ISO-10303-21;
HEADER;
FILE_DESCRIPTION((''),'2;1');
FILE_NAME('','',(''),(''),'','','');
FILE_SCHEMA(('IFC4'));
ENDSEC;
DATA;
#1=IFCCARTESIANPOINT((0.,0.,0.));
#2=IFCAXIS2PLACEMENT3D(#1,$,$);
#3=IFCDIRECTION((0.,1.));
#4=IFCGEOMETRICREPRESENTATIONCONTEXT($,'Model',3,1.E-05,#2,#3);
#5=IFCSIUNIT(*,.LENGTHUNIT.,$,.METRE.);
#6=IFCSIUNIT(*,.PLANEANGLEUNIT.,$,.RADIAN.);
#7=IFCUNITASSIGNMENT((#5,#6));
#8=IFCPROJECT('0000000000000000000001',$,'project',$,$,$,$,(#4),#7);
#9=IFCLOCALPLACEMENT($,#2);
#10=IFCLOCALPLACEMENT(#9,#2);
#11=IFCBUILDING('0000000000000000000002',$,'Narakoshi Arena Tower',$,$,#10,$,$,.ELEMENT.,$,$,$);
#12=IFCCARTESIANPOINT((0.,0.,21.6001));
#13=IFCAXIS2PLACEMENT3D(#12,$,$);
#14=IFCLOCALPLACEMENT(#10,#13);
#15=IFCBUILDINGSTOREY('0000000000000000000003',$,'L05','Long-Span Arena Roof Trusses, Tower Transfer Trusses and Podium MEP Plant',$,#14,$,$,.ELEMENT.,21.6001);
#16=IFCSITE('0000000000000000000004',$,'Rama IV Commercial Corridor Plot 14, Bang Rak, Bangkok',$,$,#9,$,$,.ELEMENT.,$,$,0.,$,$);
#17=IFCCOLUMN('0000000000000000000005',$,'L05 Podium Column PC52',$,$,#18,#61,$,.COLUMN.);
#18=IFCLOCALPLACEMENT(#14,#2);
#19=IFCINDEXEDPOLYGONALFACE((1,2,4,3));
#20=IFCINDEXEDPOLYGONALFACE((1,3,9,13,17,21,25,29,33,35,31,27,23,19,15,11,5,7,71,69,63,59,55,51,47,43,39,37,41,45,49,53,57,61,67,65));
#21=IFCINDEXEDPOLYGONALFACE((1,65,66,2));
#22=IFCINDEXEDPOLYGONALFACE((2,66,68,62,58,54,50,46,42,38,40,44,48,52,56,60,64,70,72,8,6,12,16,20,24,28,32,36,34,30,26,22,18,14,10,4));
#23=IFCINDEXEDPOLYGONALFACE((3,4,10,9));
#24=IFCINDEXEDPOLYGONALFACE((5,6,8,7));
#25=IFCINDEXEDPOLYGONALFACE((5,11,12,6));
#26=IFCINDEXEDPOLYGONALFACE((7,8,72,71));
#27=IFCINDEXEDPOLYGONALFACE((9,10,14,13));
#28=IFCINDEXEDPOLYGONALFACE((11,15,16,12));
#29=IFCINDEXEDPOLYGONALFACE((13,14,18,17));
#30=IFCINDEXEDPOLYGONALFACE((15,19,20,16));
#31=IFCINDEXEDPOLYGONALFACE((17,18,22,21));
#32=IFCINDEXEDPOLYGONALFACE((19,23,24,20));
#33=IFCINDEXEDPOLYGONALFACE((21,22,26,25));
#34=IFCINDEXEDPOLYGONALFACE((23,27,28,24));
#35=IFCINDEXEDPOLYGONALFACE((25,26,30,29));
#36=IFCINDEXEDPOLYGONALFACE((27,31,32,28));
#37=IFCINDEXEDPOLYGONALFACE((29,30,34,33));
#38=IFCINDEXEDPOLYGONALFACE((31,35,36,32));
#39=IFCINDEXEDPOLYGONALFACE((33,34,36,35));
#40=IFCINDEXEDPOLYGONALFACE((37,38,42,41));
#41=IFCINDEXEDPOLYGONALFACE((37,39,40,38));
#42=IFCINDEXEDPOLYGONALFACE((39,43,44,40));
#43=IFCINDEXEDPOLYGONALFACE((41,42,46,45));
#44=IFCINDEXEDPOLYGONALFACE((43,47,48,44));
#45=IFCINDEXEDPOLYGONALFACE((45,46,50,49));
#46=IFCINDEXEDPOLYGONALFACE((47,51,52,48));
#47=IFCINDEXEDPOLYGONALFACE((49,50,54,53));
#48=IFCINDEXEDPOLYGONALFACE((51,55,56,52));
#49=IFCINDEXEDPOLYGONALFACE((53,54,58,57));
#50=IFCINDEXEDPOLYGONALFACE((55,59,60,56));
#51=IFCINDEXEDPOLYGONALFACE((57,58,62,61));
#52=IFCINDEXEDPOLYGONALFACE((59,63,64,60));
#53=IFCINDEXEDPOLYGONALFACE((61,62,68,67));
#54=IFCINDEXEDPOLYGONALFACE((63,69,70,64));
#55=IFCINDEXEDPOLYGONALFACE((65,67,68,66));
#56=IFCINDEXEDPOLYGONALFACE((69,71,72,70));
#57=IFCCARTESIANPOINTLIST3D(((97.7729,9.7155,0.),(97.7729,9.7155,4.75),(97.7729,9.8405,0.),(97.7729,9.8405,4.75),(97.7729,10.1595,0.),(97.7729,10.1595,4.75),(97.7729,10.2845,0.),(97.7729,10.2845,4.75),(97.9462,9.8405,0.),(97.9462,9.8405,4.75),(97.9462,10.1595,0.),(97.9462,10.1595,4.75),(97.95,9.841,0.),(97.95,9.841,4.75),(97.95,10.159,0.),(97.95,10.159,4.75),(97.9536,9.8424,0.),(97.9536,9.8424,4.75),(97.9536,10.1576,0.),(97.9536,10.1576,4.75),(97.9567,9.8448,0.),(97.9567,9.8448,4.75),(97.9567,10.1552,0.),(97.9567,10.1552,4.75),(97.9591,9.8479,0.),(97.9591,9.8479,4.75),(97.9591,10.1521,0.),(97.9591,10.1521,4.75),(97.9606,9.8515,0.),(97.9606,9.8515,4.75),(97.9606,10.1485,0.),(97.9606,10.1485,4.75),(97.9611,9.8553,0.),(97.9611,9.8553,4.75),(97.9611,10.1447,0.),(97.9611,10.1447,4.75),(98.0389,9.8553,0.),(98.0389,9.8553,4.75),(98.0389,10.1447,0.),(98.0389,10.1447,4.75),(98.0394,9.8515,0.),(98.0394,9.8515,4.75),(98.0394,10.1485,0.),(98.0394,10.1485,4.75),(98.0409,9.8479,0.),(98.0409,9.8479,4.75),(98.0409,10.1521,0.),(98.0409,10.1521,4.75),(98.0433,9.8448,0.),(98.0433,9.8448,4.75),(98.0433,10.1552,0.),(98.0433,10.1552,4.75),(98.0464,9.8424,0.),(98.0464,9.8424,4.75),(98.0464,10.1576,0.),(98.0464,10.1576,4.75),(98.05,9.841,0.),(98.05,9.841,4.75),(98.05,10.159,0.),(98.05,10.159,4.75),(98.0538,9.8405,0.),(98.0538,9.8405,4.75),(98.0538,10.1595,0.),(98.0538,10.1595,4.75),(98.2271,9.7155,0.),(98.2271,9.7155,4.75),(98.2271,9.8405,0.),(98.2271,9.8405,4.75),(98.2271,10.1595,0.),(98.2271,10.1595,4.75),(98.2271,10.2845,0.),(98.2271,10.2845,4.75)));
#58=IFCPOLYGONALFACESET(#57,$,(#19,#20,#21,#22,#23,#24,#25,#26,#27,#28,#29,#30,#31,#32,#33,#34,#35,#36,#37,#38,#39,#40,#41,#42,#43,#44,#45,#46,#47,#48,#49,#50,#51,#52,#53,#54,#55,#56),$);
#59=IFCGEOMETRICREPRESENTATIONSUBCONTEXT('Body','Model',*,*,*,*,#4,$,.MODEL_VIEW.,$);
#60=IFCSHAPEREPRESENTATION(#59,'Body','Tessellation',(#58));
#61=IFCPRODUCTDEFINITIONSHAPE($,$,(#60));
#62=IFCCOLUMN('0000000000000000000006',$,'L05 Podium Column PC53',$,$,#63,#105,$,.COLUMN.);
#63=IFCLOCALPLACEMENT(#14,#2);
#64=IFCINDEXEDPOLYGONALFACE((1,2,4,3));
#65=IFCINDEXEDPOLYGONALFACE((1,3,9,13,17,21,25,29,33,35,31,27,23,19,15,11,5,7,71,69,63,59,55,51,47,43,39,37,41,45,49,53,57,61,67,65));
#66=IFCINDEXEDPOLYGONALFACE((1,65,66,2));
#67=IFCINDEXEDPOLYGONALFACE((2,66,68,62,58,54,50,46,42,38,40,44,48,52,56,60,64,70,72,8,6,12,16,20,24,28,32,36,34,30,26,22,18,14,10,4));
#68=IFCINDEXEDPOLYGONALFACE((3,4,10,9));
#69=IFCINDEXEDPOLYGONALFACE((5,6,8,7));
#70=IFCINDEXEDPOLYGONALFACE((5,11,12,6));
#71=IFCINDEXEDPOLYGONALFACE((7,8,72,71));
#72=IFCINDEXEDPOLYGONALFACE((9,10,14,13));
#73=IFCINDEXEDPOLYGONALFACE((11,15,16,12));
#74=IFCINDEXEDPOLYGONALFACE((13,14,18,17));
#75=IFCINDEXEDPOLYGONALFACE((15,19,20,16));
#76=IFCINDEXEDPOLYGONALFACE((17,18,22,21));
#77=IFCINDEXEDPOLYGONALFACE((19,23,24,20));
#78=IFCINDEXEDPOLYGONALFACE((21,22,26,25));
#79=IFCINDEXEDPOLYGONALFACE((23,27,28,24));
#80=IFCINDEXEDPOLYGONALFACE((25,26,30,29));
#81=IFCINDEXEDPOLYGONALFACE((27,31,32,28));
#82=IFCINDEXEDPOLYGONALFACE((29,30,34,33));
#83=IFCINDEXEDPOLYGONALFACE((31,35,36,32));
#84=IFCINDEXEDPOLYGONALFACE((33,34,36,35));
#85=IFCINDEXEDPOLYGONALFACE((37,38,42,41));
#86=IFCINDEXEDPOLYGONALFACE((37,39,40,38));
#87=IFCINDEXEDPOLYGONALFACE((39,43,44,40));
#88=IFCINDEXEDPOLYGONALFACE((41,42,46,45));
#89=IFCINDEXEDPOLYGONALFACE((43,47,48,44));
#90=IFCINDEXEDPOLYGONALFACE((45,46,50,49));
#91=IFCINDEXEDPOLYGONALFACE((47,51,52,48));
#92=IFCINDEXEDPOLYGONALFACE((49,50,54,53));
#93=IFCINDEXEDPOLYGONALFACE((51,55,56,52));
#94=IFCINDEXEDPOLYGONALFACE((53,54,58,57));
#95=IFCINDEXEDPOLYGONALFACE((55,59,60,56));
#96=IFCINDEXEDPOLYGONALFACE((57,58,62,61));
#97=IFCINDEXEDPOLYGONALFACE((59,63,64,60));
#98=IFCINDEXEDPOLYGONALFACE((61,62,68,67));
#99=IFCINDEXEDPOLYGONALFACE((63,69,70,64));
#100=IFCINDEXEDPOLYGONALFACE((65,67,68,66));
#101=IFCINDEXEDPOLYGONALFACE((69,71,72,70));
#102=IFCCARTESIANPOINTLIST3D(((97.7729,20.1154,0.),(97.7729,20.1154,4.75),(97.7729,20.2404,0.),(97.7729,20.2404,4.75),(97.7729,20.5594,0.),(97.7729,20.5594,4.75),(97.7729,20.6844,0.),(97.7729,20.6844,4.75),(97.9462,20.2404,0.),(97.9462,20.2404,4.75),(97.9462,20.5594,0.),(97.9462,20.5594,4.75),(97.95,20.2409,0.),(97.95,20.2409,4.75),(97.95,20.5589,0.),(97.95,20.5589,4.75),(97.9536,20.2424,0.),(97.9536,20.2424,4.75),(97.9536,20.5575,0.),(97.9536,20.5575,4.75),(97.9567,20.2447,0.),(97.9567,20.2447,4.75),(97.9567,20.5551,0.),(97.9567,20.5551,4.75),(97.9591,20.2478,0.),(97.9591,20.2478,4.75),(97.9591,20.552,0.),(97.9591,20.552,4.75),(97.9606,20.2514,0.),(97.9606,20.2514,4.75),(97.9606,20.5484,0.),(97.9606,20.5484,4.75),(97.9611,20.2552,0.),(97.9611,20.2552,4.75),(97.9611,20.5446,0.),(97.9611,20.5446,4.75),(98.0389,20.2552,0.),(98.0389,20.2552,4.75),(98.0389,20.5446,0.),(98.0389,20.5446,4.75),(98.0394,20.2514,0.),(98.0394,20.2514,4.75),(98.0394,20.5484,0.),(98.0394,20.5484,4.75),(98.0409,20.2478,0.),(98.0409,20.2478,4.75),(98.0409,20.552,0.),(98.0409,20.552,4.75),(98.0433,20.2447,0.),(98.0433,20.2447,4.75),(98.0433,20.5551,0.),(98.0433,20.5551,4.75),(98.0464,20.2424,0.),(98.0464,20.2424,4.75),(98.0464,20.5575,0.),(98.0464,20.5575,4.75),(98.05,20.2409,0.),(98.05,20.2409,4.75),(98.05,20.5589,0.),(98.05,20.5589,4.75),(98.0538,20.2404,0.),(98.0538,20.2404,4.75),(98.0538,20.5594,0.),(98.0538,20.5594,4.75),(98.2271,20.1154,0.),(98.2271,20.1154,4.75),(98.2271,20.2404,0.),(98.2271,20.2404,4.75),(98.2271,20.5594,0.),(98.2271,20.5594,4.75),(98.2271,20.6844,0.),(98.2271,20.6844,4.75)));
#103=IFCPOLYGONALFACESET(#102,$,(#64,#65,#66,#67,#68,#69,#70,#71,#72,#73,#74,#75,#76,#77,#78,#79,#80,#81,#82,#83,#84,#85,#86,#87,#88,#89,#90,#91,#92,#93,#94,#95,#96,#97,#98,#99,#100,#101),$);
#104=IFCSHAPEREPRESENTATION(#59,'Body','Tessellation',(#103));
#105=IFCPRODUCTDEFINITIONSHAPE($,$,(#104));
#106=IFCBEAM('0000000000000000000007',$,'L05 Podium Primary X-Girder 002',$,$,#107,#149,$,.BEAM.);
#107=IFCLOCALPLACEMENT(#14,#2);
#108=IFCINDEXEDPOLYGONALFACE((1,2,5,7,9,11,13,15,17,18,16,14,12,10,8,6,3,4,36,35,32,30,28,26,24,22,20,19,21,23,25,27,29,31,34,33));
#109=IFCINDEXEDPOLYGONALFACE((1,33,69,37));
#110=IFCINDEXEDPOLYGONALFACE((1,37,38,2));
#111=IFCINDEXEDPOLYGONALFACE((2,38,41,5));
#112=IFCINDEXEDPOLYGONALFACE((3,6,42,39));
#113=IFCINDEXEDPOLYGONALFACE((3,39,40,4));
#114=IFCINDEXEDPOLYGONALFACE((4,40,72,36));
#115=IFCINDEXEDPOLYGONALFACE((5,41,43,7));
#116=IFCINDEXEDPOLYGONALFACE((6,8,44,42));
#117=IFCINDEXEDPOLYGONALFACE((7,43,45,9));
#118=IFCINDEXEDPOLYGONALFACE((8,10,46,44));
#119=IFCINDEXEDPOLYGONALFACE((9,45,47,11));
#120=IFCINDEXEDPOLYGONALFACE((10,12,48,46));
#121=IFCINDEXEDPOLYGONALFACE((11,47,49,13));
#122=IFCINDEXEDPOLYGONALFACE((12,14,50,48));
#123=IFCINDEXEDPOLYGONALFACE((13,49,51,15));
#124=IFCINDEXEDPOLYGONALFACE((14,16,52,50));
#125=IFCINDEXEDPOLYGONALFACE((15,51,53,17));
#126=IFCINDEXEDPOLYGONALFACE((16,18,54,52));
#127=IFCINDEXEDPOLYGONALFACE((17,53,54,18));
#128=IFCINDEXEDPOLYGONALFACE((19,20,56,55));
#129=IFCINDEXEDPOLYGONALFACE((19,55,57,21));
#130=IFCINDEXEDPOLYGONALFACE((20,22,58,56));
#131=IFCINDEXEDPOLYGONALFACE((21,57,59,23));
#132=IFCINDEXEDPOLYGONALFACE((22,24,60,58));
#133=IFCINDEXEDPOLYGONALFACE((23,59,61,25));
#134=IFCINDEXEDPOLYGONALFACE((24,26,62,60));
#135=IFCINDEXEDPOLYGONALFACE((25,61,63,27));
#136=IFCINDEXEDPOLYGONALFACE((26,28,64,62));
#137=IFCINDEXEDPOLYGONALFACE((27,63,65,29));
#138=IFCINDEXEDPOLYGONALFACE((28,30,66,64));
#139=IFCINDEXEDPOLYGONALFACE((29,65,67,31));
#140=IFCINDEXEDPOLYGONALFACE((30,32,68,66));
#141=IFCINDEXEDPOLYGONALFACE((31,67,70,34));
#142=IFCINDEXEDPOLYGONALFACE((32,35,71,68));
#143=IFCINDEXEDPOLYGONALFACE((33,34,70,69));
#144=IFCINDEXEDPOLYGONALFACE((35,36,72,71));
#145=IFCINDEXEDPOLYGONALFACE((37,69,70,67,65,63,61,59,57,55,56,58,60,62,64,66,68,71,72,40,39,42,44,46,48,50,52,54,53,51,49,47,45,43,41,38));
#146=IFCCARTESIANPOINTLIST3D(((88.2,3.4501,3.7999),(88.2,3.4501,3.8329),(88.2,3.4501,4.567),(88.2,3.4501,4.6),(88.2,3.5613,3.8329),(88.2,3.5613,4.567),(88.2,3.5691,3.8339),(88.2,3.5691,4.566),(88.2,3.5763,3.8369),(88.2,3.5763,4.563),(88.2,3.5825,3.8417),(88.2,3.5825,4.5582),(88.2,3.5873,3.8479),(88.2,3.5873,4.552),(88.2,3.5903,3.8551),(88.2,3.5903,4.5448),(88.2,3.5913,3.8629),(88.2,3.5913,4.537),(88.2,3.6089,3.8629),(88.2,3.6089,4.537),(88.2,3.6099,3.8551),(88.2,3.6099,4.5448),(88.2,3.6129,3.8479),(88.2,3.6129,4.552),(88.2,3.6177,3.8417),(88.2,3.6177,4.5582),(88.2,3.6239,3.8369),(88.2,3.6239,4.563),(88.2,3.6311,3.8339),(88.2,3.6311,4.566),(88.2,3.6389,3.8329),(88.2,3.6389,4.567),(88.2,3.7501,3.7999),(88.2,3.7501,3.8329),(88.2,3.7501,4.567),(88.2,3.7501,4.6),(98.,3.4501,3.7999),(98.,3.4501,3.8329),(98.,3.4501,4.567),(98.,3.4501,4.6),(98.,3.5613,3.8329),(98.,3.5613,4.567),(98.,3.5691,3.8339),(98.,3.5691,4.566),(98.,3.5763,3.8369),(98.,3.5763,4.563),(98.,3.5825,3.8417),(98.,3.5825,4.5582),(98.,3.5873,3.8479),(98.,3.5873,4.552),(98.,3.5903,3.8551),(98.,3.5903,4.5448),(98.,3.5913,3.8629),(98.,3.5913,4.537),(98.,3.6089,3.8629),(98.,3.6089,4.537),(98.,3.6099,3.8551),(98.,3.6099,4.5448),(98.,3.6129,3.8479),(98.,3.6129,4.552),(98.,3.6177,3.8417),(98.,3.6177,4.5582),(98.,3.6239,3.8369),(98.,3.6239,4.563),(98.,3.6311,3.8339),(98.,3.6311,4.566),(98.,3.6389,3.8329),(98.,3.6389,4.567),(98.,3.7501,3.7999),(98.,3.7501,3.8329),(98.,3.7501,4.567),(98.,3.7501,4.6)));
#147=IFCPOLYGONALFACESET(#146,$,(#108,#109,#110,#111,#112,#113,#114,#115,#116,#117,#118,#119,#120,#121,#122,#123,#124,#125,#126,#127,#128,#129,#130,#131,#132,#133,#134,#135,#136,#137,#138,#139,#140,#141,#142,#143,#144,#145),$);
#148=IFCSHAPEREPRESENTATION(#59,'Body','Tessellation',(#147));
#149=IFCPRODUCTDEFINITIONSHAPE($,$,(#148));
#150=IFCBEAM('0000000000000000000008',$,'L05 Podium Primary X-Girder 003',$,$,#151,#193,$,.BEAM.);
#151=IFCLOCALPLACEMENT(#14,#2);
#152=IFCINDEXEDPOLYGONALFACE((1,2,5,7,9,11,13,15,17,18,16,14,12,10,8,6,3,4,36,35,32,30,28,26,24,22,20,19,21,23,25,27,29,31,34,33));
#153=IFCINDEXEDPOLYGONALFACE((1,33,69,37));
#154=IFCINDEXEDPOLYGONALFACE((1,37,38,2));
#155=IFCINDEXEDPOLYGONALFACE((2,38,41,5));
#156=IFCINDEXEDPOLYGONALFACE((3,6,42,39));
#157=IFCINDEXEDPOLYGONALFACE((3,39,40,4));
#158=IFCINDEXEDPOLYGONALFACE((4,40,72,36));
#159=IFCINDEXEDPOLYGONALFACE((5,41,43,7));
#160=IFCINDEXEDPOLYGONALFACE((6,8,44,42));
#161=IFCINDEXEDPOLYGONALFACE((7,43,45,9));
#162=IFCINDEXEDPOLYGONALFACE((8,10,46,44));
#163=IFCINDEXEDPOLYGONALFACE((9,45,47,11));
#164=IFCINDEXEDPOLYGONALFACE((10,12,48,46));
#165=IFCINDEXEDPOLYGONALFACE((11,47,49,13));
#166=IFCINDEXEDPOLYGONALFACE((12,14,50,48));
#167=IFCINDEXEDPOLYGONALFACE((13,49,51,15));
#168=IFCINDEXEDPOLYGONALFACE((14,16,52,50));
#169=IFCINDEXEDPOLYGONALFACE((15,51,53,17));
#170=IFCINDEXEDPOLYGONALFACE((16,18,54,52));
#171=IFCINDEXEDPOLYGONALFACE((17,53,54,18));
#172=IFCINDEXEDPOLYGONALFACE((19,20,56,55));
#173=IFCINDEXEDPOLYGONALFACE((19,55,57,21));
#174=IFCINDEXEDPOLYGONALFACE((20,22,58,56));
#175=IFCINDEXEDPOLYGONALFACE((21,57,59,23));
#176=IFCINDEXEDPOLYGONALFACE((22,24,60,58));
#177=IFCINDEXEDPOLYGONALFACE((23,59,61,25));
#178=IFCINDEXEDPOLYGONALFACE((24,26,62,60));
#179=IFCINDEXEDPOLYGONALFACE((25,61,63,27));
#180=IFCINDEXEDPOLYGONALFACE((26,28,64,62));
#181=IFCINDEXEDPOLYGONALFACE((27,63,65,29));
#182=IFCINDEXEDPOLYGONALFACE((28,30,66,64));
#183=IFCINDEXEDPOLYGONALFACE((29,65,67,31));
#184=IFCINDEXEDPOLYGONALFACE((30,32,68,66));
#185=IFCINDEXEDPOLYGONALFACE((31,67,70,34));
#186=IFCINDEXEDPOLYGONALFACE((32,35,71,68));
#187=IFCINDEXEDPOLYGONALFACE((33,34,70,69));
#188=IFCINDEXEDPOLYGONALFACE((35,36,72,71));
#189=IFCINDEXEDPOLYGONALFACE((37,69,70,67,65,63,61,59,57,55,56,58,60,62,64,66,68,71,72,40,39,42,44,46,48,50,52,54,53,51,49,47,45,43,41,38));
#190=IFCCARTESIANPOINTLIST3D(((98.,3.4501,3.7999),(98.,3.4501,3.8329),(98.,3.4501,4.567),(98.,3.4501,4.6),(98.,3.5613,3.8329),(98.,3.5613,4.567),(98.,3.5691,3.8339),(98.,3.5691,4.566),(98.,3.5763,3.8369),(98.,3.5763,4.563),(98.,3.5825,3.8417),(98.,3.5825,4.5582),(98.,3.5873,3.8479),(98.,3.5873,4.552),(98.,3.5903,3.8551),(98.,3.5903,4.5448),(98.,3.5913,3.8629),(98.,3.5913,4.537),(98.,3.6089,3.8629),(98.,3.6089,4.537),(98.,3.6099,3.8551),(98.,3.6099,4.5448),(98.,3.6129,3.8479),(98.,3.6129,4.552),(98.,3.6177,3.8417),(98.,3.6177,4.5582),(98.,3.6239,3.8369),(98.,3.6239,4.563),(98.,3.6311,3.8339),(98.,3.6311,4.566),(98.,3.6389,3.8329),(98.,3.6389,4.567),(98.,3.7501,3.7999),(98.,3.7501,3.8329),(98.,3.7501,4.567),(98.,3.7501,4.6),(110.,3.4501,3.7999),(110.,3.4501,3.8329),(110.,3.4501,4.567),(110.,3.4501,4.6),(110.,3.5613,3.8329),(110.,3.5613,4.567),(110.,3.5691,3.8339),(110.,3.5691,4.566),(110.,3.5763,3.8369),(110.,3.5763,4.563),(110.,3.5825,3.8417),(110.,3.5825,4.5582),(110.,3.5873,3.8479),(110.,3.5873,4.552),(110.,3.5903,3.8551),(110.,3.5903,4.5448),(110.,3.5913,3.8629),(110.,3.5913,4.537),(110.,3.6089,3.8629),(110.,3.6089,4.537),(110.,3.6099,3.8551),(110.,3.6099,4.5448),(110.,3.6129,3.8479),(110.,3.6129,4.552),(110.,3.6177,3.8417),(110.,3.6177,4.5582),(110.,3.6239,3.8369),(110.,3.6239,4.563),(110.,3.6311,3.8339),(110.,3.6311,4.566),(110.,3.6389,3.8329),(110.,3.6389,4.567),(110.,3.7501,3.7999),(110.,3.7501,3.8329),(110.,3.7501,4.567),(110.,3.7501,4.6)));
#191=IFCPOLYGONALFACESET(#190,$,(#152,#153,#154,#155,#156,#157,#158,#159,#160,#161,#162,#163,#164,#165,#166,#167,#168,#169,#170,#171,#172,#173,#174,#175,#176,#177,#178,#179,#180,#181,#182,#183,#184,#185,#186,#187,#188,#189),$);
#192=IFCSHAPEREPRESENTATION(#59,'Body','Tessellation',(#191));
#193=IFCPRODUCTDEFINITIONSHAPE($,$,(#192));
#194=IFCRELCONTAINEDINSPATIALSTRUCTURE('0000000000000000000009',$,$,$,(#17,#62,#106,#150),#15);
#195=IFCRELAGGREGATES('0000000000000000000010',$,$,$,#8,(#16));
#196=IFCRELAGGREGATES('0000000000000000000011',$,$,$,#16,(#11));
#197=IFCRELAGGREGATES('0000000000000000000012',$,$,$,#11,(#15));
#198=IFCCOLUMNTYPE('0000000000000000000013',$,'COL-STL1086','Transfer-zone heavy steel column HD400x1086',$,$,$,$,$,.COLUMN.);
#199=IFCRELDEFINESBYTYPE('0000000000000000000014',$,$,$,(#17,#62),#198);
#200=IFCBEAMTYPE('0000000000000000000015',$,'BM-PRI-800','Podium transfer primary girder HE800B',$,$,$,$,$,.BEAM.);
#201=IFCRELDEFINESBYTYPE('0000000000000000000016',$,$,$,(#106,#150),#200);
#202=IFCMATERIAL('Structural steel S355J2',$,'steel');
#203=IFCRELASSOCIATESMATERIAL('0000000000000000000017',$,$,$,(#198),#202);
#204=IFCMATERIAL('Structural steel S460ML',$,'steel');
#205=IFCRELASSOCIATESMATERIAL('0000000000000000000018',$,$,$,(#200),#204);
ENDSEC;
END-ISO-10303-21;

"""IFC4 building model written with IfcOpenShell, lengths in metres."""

from ifc_helpers import new_model, si_unit, direction, frame, origin, origin_2d, place, context, subcontext, project, spatial, i_section, extrude, material, material_profile, profile_set, type_object, element, save


model = new_model("IFC4")

# Units and contexts
model_context = context("Model", 3, precision=1e-05, world=origin(), true_north=direction((0.0, 1.0)))
body_context = subcontext(model_context, "Body", "Model", "MODEL_VIEW")
ifc_project = project(units=[si_unit("LENGTHUNIT", "METRE"), si_unit("PLANEANGLEUNIT", "RADIAN")], contexts=[model_context])

# Site, building, storey
site_placement = place(None, origin())
site = spatial("IfcSite", under=ifc_project, at=site_placement, Name="Rama IV Commercial Corridor Plot 14, Bang Rak, Bangkok", CompositionType="ELEMENT", RefElevation=0.0)
building_placement = place(site_placement, origin())
building = spatial("IfcBuilding", under=site, at=building_placement, Name="Narakoshi Arena Tower", CompositionType="ELEMENT")
storey_placement = place(building_placement, frame((0.0, 0.0, 21.6001)))
storey = spatial("IfcBuildingStorey", under=building, at=storey_placement, Name="L05", Description="Long-Span Arena Roof Trusses, Tower Transfer Trusses and Podium MEP Plant", CompositionType="ELEMENT", Elevation=21.6001)

# Columns
ifc_material_1 = material(Name="Structural steel S355J2", Category="steel")
ifc_material_profile_1 = material_profile(ifc_material_1, i_section(OverallWidth=0.4541, OverallDepth=0.5691, WebThickness=0.0779, FlangeThickness=0.125, FilletRadius=0.0149, at=origin_2d()), Name="HD400x1086")
ifc_profile_set_1 = profile_set([ifc_material_profile_1], Name="Structural steel S355J2")
column_type = type_object("IfcColumnType", Name="COL-STL1086", Description="Transfer-zone heavy steel column HD400x1086", PredefinedType="COLUMN", material=ifc_profile_set_1)
for number, where, z_axis, x_axis, name in (
    (1, (98.0, 10.0, 0.0), (0.0, 0.0, 1.0), (1.0, 0.0, 0.0), "L05 Podium Column PC52"),
    (2, (98.0, 20.3999, 0.0), (0.0, 0.0, 1.0), (1.0, 0.0, 0.0), "L05 Podium Column PC53"),
):
    element("IfcColumn", number, at=place(storey_placement, frame(where, z_axis=z_axis, x_axis=x_axis)), inside=storey, type_object=column_type, Name=name, PredefinedType="COLUMN", context=body_context, shape_type="SweptSolid", body=[
        extrude(i_section(OverallWidth=0.4541, OverallDepth=0.5691, WebThickness=0.0779, FlangeThickness=0.125, FilletRadius=0.0149, at=origin_2d()), origin(), (0.0, 0.0, 1.0), 4.75),
    ])

# Beams
ifc_material_2 = material(Name="Structural steel S460ML", Category="steel")
ifc_material_profile_2 = material_profile(ifc_material_2, i_section(OverallWidth=0.3, OverallDepth=0.8, WebThickness=0.0176, FlangeThickness=0.033, FilletRadius=0.03, at=origin_2d()), Name="HE800B")
ifc_profile_set_2 = profile_set([ifc_material_profile_2], Name="Structural steel S460ML")
beam_type_1 = type_object("IfcBeamType", Name="BM-PRI-800", Description="Podium transfer primary girder HE800B", PredefinedType="BEAM", material=ifc_profile_set_2)
beam_1_placement = place(storey_placement, frame((88.2, 3.6001, 4.2), z_axis=(1.0, 0.0, 0.0), x_axis=(0.0, 1.0, 0.0)))
element("IfcBeam", 3, at=beam_1_placement, inside=storey, type_object=beam_type_1, Name="L05 Podium Primary X-Girder 002", PredefinedType="BEAM", context=body_context, shape_type="SweptSolid", body=[
    extrude(i_section(OverallWidth=0.3, OverallDepth=0.8, WebThickness=0.0176, FlangeThickness=0.033, FilletRadius=0.03, at=origin_2d()), origin(), (0.0, 0.0, 1.0), 9.8),
])
beam_2_placement = place(storey_placement, frame((98.0, 3.6001, 4.2), z_axis=(1.0, 0.0, 0.0), x_axis=(0.0, 1.0, 0.0)))
element("IfcBeam", 4, at=beam_2_placement, inside=storey, type_object=beam_type_1, Name="L05 Podium Primary X-Girder 003", PredefinedType="BEAM", context=body_context, shape_type="SweptSolid", body=[
    extrude(i_section(OverallWidth=0.3, OverallDepth=0.8, WebThickness=0.0176, FlangeThickness=0.033, FilletRadius=0.03, at=origin_2d()), origin(), (0.0, 0.0, 1.0), 12.0),
])

save(model, "model.ifc")
